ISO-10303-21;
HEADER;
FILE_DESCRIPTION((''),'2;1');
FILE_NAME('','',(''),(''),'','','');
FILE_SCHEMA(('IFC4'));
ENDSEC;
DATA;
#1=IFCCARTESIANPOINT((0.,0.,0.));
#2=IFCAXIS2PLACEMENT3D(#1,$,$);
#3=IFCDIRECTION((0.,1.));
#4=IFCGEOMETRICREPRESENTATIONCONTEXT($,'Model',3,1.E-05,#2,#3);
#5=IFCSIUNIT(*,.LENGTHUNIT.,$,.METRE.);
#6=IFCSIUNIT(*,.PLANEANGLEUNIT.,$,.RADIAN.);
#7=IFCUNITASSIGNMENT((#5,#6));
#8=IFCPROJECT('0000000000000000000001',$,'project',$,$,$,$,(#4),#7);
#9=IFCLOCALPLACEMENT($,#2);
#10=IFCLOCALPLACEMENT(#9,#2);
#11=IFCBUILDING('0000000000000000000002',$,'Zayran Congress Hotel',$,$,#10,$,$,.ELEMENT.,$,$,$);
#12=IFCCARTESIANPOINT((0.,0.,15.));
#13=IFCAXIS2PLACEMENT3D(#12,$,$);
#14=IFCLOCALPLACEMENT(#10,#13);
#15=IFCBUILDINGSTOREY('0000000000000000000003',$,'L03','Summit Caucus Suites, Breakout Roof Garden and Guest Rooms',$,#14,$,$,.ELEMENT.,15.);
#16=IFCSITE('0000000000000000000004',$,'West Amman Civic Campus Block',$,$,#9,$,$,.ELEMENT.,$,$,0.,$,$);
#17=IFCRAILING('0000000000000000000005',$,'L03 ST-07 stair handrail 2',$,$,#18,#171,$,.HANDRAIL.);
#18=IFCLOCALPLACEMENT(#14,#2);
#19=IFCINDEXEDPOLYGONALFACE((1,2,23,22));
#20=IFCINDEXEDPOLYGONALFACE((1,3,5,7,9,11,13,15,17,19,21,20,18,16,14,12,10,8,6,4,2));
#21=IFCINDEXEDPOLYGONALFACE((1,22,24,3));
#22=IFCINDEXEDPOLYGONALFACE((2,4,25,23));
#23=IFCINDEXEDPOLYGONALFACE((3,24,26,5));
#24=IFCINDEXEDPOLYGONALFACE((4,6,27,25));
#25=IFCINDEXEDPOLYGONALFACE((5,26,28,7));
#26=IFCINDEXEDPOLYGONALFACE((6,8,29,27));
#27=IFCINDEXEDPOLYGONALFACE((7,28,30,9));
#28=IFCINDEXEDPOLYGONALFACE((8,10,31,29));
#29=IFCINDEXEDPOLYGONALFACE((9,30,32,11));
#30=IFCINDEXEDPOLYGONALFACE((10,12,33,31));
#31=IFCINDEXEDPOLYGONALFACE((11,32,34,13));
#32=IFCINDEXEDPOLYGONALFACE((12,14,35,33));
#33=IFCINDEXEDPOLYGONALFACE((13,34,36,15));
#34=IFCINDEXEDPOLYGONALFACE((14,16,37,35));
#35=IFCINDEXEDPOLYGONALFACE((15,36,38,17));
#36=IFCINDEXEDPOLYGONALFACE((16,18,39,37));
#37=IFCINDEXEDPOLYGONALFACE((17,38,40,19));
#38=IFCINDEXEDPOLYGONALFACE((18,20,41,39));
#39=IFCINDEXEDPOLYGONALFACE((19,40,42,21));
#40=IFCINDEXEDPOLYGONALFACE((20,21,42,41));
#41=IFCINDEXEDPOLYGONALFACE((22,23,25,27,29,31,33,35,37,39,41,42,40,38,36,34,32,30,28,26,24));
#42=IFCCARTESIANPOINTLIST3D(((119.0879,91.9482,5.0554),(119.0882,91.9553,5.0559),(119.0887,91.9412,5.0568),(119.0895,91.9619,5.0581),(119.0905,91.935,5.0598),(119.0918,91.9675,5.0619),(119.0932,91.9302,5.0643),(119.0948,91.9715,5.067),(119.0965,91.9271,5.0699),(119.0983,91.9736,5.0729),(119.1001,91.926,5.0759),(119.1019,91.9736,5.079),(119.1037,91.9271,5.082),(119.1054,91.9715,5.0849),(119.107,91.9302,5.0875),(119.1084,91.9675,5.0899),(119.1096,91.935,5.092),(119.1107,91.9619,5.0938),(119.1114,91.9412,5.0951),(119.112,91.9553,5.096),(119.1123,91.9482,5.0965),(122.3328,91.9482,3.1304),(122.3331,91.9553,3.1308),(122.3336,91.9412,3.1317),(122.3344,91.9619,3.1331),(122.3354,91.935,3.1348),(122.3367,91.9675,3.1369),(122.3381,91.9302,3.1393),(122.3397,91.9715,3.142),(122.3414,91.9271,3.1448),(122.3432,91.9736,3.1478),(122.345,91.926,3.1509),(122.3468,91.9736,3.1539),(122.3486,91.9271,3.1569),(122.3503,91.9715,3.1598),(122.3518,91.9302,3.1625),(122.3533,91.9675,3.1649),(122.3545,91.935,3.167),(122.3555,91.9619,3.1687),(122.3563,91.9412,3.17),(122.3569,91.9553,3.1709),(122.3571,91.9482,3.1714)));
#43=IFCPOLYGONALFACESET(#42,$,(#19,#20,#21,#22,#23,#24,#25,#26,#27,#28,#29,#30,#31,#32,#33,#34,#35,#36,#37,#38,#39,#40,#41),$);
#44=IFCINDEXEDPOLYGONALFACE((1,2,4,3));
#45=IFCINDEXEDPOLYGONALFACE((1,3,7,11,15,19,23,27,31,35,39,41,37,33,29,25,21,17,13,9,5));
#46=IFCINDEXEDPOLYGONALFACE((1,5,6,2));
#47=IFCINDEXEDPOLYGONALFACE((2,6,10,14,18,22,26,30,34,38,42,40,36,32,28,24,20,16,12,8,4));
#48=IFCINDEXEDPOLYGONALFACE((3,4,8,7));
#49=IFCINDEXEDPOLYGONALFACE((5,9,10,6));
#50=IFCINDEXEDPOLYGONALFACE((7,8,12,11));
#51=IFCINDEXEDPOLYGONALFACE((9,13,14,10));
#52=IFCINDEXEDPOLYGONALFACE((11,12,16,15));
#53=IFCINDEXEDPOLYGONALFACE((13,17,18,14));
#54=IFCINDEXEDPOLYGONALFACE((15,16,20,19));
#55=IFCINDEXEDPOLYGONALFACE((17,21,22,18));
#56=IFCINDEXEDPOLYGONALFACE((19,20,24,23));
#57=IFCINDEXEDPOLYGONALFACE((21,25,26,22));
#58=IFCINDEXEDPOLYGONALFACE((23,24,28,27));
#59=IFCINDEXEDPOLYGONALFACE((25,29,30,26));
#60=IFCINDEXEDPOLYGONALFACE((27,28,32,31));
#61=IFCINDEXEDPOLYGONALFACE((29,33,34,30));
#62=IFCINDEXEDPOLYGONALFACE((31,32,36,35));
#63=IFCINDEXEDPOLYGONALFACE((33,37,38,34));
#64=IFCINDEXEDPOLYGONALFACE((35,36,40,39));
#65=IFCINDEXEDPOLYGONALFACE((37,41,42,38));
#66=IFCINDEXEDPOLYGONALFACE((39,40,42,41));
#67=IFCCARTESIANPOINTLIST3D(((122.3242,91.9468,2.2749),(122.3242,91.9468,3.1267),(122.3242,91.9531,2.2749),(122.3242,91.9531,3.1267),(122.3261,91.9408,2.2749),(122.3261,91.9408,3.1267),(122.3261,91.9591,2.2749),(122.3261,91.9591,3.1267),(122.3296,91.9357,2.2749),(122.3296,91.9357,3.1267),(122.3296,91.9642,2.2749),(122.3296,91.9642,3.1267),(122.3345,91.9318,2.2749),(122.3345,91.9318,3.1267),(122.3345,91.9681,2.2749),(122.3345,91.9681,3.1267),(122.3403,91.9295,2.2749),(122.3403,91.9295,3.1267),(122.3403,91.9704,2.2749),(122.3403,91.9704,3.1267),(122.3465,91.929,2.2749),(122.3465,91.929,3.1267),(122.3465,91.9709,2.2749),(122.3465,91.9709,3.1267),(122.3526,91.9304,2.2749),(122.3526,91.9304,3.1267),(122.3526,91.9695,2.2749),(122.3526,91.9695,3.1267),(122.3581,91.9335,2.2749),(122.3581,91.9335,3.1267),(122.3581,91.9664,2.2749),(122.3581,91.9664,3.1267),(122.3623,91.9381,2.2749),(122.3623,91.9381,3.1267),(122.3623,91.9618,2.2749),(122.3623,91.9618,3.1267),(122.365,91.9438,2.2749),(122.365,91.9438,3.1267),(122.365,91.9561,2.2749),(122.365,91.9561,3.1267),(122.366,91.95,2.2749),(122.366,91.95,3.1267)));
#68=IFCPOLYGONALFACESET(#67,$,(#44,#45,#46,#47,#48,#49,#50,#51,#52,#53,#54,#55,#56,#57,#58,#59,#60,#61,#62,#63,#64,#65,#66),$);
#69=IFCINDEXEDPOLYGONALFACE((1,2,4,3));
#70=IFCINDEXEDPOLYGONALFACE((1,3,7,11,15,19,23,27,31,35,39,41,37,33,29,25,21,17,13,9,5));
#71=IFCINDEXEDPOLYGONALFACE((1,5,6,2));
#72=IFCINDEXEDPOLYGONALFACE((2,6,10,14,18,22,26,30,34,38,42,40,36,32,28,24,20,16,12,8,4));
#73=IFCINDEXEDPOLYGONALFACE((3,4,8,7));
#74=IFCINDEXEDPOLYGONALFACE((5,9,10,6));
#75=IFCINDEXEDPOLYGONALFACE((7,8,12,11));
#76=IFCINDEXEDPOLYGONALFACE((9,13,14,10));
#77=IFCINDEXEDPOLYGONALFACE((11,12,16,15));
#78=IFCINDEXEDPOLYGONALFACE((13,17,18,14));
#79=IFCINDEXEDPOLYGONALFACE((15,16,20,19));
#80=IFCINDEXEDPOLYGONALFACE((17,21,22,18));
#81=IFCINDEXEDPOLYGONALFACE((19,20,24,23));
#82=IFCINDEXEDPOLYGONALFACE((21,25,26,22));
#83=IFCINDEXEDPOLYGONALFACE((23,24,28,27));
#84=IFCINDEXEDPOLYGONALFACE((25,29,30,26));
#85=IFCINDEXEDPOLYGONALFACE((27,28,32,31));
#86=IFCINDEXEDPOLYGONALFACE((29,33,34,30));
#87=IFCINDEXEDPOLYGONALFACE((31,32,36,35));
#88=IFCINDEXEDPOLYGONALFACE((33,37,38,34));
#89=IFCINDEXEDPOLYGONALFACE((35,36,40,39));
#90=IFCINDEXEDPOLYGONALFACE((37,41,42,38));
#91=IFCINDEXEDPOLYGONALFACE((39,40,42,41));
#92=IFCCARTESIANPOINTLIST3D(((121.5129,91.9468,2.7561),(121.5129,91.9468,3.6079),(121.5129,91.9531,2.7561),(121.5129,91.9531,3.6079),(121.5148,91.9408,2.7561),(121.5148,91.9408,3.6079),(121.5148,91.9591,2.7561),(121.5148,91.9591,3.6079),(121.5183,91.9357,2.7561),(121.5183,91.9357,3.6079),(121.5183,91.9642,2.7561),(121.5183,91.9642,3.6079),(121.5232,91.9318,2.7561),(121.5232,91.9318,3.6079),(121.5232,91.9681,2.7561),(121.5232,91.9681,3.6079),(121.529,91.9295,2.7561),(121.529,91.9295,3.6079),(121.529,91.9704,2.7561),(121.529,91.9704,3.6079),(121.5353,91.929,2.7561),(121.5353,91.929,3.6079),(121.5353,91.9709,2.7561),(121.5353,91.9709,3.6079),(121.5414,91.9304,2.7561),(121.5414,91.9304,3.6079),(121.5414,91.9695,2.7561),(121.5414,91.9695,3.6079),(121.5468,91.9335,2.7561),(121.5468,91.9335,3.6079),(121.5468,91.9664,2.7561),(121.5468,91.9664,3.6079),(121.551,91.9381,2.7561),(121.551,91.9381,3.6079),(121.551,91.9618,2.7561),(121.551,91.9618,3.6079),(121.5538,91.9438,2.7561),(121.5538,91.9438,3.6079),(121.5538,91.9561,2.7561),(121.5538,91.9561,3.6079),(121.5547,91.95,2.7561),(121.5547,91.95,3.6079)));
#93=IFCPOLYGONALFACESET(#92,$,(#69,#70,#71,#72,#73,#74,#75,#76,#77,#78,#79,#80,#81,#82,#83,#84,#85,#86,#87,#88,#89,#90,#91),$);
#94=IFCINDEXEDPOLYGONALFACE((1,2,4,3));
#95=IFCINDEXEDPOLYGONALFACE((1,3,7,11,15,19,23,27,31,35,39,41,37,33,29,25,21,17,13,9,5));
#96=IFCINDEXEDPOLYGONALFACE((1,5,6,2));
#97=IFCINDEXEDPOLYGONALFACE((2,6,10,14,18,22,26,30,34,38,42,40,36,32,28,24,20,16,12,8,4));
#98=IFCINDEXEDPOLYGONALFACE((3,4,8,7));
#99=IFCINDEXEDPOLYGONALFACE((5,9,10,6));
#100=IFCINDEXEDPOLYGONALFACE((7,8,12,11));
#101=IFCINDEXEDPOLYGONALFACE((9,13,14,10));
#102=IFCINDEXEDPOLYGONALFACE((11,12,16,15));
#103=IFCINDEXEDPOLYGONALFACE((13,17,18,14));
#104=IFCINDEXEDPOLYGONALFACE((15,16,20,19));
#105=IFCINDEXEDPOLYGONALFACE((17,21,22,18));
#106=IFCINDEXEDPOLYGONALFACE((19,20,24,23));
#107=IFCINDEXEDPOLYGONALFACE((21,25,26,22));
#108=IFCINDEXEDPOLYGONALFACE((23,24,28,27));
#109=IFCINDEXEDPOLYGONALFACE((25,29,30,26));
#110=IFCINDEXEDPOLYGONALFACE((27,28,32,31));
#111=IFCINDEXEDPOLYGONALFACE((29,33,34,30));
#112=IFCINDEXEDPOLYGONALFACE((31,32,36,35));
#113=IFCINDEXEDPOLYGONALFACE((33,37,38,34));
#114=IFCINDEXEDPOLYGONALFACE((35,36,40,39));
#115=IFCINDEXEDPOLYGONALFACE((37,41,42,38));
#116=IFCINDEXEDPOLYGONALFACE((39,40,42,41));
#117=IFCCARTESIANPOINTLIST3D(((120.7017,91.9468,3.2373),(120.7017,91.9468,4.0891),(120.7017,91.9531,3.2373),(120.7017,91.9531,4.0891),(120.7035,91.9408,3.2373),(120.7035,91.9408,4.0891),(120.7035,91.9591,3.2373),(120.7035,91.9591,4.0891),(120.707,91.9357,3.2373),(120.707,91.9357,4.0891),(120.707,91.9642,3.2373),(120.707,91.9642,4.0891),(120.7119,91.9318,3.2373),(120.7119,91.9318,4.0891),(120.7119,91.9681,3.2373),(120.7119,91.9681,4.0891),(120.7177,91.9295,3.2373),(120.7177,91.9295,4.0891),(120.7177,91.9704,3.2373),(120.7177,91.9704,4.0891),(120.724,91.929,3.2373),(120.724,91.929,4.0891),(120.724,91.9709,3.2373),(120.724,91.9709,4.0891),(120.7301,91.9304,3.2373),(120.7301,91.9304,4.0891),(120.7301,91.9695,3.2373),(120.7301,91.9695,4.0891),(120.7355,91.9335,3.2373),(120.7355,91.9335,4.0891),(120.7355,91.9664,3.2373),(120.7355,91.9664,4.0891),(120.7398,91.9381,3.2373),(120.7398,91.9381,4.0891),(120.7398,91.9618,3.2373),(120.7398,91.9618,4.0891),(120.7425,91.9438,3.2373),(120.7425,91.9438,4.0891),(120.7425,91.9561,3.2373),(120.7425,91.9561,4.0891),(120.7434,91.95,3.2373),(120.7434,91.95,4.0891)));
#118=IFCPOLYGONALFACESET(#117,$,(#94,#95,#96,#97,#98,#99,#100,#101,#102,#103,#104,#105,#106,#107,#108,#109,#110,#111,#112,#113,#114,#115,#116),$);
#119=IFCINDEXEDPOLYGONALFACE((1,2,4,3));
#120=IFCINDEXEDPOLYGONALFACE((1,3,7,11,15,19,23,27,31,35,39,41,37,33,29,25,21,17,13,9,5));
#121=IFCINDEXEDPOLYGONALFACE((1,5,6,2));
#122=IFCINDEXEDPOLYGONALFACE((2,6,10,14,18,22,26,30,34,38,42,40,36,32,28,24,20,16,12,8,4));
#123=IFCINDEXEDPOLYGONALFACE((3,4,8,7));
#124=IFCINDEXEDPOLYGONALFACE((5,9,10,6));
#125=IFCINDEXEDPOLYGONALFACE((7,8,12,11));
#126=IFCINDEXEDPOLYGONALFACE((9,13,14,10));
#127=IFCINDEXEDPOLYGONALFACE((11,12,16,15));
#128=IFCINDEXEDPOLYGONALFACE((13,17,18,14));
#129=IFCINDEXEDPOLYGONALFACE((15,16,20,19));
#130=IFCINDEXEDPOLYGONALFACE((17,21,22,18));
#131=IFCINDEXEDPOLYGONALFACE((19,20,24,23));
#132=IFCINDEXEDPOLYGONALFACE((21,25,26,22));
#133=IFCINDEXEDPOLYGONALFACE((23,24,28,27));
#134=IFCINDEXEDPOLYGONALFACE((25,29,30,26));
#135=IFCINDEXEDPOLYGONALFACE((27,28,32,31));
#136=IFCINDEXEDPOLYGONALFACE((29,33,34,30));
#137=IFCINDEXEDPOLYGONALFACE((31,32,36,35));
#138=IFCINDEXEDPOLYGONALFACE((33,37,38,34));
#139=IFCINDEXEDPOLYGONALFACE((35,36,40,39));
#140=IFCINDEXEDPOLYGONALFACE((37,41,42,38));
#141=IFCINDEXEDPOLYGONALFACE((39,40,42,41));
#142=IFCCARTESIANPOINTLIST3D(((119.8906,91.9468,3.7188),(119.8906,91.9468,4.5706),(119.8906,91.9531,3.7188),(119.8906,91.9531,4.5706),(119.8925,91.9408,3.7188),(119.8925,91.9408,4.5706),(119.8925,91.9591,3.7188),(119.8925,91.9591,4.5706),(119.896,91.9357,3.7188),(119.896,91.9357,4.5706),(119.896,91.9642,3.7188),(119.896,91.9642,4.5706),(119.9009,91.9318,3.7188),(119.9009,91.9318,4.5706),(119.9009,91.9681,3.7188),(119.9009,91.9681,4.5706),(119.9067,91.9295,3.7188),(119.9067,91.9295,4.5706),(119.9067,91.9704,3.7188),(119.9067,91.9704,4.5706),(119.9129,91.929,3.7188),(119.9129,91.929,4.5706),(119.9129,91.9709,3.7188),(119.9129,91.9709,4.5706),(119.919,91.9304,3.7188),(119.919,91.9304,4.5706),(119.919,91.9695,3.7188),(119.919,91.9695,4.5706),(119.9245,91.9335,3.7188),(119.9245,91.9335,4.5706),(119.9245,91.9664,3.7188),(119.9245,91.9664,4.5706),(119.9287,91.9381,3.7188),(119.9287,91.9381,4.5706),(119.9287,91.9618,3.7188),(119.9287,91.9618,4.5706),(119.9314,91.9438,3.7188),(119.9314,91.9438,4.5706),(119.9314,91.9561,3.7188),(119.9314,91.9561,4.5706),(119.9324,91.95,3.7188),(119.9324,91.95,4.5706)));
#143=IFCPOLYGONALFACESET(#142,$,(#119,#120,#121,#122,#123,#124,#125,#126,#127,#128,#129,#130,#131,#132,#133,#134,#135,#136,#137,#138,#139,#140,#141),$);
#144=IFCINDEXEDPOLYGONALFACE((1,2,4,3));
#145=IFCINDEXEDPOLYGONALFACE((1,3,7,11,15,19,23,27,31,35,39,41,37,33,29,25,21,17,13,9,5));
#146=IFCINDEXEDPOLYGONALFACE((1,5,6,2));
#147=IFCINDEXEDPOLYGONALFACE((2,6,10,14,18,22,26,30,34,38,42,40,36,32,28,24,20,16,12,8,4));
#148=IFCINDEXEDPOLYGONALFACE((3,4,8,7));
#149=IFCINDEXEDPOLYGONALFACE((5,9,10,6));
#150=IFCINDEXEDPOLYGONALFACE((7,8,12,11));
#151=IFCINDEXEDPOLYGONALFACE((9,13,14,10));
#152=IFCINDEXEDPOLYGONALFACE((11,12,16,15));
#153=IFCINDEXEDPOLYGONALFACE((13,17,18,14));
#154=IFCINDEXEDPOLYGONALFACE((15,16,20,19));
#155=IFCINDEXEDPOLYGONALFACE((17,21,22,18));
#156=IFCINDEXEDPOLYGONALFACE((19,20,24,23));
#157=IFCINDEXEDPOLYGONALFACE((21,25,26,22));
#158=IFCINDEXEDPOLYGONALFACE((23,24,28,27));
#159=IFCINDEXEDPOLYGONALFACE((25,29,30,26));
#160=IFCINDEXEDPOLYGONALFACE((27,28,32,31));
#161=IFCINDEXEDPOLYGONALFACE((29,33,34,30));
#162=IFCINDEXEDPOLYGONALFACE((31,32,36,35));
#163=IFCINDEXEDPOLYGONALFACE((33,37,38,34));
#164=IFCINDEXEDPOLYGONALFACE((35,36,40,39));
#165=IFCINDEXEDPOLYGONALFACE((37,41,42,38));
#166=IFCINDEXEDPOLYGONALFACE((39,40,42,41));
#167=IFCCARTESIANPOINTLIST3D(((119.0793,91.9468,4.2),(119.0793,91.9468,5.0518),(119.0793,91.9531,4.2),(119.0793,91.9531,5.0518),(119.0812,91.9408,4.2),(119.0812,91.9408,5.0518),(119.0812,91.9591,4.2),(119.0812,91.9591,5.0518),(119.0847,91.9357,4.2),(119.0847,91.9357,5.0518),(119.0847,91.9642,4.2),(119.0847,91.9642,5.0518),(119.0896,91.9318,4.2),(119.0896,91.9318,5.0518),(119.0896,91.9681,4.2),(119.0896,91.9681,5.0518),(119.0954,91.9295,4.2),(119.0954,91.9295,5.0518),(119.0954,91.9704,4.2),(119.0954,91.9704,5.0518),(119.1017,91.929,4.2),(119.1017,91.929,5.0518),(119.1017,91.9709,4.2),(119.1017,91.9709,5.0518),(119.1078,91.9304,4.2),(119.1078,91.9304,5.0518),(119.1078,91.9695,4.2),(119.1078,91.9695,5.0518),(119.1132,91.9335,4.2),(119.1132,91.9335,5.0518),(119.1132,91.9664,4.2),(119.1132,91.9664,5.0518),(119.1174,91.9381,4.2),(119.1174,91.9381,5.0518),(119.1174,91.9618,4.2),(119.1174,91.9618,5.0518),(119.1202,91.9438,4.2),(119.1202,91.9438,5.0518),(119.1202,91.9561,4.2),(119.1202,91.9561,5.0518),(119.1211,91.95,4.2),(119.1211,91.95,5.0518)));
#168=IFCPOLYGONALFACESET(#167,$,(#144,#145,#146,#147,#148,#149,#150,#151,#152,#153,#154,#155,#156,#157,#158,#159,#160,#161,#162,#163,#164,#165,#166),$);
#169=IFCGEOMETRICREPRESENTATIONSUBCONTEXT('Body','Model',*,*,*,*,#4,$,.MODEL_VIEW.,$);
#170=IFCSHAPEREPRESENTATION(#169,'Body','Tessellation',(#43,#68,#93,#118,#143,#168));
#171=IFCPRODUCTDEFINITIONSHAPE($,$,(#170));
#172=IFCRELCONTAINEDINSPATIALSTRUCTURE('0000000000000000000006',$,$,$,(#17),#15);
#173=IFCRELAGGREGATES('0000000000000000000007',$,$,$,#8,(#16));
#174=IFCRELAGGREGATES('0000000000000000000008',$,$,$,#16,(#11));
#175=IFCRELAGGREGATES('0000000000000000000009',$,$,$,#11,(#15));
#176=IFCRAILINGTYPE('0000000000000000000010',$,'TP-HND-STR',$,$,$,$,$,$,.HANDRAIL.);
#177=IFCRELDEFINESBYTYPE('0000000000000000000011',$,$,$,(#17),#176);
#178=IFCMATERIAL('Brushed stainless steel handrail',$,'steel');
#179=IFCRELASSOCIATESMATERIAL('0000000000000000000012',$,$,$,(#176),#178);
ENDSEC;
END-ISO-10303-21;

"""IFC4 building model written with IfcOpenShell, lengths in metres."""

from ifc_helpers import new_model, si_unit, direction, frame, origin, origin_2d, place, context, subcontext, project, spatial, circle, extrude, material, type_object, element, save


model = new_model("IFC4")

# Units and contexts
model_context = context("Model", 3, precision=1e-05, world=origin(), true_north=direction((0.0, 1.0)))
body_context = subcontext(model_context, "Body", "Model", "MODEL_VIEW")
ifc_project = project(units=[si_unit("LENGTHUNIT", "METRE"), si_unit("PLANEANGLEUNIT", "RADIAN")], contexts=[model_context])

# Site, building, storey
site_placement = place(None, origin())
site = spatial("IfcSite", under=ifc_project, at=site_placement, Name="West Amman Civic Campus Block", CompositionType="ELEMENT", RefElevation=0.0)
building_placement = place(site_placement, origin())
building = spatial("IfcBuilding", under=site, at=building_placement, Name="Zayran Congress Hotel", CompositionType="ELEMENT")
storey_placement = place(building_placement, frame((0.0, 0.0, 15.0)))
storey = spatial("IfcBuildingStorey", under=building, at=storey_placement, Name="L03", Description="Summit Caucus Suites, Breakout Roof Garden and Guest Rooms", CompositionType="ELEMENT", Elevation=15.0)

# Railing
ifc_material_1 = material(Name="Brushed stainless steel handrail", Category="steel")
railing_type_1 = type_object("IfcRailingType", Name="TP-HND-STR", PredefinedType="HANDRAIL", material=ifc_material_1)
railing_1_placement = place(storey_placement, frame((122.345, 91.95, 2.2749)))
element("IfcRailing", 1, at=railing_1_placement, inside=storey, type_object=railing_type_1, Name="L03 ST-07 stair handrail 2", PredefinedType="HANDRAIL", context=body_context, shape_type="SweptSolid", body=[
    extrude(circle(Radius=0.0239, at=origin_2d()), frame((0.0, 0.0, 0.876), z_axis=(-0.86004, 0.0, 0.510226), x_axis=(0.0, -1.0, 0.0)), (0.0, 0.0, 1.0), 3.7729),
    extrude(circle(Radius=0.021, at=origin_2d()), origin(), (0.0, 0.0, 1.0), 0.8518),
    extrude(circle(Radius=0.021, at=origin_2d()), frame((-0.8113, 0.0, 0.4812)), (0.0, 0.0, 1.0), 0.8518),
    extrude(circle(Radius=0.021, at=origin_2d()), frame((-1.6226, 0.0, 0.9624)), (0.0, 0.0, 1.0), 0.8518),
    extrude(circle(Radius=0.021, at=origin_2d()), frame((-2.4336, 0.0, 1.4438)), (0.0, 0.0, 1.0), 0.8518),
    extrude(circle(Radius=0.021, at=origin_2d()), frame((-3.2449, 0.0, 1.925)), (0.0, 0.0, 1.0), 0.8518),
])

save(model, "model.ifc")
